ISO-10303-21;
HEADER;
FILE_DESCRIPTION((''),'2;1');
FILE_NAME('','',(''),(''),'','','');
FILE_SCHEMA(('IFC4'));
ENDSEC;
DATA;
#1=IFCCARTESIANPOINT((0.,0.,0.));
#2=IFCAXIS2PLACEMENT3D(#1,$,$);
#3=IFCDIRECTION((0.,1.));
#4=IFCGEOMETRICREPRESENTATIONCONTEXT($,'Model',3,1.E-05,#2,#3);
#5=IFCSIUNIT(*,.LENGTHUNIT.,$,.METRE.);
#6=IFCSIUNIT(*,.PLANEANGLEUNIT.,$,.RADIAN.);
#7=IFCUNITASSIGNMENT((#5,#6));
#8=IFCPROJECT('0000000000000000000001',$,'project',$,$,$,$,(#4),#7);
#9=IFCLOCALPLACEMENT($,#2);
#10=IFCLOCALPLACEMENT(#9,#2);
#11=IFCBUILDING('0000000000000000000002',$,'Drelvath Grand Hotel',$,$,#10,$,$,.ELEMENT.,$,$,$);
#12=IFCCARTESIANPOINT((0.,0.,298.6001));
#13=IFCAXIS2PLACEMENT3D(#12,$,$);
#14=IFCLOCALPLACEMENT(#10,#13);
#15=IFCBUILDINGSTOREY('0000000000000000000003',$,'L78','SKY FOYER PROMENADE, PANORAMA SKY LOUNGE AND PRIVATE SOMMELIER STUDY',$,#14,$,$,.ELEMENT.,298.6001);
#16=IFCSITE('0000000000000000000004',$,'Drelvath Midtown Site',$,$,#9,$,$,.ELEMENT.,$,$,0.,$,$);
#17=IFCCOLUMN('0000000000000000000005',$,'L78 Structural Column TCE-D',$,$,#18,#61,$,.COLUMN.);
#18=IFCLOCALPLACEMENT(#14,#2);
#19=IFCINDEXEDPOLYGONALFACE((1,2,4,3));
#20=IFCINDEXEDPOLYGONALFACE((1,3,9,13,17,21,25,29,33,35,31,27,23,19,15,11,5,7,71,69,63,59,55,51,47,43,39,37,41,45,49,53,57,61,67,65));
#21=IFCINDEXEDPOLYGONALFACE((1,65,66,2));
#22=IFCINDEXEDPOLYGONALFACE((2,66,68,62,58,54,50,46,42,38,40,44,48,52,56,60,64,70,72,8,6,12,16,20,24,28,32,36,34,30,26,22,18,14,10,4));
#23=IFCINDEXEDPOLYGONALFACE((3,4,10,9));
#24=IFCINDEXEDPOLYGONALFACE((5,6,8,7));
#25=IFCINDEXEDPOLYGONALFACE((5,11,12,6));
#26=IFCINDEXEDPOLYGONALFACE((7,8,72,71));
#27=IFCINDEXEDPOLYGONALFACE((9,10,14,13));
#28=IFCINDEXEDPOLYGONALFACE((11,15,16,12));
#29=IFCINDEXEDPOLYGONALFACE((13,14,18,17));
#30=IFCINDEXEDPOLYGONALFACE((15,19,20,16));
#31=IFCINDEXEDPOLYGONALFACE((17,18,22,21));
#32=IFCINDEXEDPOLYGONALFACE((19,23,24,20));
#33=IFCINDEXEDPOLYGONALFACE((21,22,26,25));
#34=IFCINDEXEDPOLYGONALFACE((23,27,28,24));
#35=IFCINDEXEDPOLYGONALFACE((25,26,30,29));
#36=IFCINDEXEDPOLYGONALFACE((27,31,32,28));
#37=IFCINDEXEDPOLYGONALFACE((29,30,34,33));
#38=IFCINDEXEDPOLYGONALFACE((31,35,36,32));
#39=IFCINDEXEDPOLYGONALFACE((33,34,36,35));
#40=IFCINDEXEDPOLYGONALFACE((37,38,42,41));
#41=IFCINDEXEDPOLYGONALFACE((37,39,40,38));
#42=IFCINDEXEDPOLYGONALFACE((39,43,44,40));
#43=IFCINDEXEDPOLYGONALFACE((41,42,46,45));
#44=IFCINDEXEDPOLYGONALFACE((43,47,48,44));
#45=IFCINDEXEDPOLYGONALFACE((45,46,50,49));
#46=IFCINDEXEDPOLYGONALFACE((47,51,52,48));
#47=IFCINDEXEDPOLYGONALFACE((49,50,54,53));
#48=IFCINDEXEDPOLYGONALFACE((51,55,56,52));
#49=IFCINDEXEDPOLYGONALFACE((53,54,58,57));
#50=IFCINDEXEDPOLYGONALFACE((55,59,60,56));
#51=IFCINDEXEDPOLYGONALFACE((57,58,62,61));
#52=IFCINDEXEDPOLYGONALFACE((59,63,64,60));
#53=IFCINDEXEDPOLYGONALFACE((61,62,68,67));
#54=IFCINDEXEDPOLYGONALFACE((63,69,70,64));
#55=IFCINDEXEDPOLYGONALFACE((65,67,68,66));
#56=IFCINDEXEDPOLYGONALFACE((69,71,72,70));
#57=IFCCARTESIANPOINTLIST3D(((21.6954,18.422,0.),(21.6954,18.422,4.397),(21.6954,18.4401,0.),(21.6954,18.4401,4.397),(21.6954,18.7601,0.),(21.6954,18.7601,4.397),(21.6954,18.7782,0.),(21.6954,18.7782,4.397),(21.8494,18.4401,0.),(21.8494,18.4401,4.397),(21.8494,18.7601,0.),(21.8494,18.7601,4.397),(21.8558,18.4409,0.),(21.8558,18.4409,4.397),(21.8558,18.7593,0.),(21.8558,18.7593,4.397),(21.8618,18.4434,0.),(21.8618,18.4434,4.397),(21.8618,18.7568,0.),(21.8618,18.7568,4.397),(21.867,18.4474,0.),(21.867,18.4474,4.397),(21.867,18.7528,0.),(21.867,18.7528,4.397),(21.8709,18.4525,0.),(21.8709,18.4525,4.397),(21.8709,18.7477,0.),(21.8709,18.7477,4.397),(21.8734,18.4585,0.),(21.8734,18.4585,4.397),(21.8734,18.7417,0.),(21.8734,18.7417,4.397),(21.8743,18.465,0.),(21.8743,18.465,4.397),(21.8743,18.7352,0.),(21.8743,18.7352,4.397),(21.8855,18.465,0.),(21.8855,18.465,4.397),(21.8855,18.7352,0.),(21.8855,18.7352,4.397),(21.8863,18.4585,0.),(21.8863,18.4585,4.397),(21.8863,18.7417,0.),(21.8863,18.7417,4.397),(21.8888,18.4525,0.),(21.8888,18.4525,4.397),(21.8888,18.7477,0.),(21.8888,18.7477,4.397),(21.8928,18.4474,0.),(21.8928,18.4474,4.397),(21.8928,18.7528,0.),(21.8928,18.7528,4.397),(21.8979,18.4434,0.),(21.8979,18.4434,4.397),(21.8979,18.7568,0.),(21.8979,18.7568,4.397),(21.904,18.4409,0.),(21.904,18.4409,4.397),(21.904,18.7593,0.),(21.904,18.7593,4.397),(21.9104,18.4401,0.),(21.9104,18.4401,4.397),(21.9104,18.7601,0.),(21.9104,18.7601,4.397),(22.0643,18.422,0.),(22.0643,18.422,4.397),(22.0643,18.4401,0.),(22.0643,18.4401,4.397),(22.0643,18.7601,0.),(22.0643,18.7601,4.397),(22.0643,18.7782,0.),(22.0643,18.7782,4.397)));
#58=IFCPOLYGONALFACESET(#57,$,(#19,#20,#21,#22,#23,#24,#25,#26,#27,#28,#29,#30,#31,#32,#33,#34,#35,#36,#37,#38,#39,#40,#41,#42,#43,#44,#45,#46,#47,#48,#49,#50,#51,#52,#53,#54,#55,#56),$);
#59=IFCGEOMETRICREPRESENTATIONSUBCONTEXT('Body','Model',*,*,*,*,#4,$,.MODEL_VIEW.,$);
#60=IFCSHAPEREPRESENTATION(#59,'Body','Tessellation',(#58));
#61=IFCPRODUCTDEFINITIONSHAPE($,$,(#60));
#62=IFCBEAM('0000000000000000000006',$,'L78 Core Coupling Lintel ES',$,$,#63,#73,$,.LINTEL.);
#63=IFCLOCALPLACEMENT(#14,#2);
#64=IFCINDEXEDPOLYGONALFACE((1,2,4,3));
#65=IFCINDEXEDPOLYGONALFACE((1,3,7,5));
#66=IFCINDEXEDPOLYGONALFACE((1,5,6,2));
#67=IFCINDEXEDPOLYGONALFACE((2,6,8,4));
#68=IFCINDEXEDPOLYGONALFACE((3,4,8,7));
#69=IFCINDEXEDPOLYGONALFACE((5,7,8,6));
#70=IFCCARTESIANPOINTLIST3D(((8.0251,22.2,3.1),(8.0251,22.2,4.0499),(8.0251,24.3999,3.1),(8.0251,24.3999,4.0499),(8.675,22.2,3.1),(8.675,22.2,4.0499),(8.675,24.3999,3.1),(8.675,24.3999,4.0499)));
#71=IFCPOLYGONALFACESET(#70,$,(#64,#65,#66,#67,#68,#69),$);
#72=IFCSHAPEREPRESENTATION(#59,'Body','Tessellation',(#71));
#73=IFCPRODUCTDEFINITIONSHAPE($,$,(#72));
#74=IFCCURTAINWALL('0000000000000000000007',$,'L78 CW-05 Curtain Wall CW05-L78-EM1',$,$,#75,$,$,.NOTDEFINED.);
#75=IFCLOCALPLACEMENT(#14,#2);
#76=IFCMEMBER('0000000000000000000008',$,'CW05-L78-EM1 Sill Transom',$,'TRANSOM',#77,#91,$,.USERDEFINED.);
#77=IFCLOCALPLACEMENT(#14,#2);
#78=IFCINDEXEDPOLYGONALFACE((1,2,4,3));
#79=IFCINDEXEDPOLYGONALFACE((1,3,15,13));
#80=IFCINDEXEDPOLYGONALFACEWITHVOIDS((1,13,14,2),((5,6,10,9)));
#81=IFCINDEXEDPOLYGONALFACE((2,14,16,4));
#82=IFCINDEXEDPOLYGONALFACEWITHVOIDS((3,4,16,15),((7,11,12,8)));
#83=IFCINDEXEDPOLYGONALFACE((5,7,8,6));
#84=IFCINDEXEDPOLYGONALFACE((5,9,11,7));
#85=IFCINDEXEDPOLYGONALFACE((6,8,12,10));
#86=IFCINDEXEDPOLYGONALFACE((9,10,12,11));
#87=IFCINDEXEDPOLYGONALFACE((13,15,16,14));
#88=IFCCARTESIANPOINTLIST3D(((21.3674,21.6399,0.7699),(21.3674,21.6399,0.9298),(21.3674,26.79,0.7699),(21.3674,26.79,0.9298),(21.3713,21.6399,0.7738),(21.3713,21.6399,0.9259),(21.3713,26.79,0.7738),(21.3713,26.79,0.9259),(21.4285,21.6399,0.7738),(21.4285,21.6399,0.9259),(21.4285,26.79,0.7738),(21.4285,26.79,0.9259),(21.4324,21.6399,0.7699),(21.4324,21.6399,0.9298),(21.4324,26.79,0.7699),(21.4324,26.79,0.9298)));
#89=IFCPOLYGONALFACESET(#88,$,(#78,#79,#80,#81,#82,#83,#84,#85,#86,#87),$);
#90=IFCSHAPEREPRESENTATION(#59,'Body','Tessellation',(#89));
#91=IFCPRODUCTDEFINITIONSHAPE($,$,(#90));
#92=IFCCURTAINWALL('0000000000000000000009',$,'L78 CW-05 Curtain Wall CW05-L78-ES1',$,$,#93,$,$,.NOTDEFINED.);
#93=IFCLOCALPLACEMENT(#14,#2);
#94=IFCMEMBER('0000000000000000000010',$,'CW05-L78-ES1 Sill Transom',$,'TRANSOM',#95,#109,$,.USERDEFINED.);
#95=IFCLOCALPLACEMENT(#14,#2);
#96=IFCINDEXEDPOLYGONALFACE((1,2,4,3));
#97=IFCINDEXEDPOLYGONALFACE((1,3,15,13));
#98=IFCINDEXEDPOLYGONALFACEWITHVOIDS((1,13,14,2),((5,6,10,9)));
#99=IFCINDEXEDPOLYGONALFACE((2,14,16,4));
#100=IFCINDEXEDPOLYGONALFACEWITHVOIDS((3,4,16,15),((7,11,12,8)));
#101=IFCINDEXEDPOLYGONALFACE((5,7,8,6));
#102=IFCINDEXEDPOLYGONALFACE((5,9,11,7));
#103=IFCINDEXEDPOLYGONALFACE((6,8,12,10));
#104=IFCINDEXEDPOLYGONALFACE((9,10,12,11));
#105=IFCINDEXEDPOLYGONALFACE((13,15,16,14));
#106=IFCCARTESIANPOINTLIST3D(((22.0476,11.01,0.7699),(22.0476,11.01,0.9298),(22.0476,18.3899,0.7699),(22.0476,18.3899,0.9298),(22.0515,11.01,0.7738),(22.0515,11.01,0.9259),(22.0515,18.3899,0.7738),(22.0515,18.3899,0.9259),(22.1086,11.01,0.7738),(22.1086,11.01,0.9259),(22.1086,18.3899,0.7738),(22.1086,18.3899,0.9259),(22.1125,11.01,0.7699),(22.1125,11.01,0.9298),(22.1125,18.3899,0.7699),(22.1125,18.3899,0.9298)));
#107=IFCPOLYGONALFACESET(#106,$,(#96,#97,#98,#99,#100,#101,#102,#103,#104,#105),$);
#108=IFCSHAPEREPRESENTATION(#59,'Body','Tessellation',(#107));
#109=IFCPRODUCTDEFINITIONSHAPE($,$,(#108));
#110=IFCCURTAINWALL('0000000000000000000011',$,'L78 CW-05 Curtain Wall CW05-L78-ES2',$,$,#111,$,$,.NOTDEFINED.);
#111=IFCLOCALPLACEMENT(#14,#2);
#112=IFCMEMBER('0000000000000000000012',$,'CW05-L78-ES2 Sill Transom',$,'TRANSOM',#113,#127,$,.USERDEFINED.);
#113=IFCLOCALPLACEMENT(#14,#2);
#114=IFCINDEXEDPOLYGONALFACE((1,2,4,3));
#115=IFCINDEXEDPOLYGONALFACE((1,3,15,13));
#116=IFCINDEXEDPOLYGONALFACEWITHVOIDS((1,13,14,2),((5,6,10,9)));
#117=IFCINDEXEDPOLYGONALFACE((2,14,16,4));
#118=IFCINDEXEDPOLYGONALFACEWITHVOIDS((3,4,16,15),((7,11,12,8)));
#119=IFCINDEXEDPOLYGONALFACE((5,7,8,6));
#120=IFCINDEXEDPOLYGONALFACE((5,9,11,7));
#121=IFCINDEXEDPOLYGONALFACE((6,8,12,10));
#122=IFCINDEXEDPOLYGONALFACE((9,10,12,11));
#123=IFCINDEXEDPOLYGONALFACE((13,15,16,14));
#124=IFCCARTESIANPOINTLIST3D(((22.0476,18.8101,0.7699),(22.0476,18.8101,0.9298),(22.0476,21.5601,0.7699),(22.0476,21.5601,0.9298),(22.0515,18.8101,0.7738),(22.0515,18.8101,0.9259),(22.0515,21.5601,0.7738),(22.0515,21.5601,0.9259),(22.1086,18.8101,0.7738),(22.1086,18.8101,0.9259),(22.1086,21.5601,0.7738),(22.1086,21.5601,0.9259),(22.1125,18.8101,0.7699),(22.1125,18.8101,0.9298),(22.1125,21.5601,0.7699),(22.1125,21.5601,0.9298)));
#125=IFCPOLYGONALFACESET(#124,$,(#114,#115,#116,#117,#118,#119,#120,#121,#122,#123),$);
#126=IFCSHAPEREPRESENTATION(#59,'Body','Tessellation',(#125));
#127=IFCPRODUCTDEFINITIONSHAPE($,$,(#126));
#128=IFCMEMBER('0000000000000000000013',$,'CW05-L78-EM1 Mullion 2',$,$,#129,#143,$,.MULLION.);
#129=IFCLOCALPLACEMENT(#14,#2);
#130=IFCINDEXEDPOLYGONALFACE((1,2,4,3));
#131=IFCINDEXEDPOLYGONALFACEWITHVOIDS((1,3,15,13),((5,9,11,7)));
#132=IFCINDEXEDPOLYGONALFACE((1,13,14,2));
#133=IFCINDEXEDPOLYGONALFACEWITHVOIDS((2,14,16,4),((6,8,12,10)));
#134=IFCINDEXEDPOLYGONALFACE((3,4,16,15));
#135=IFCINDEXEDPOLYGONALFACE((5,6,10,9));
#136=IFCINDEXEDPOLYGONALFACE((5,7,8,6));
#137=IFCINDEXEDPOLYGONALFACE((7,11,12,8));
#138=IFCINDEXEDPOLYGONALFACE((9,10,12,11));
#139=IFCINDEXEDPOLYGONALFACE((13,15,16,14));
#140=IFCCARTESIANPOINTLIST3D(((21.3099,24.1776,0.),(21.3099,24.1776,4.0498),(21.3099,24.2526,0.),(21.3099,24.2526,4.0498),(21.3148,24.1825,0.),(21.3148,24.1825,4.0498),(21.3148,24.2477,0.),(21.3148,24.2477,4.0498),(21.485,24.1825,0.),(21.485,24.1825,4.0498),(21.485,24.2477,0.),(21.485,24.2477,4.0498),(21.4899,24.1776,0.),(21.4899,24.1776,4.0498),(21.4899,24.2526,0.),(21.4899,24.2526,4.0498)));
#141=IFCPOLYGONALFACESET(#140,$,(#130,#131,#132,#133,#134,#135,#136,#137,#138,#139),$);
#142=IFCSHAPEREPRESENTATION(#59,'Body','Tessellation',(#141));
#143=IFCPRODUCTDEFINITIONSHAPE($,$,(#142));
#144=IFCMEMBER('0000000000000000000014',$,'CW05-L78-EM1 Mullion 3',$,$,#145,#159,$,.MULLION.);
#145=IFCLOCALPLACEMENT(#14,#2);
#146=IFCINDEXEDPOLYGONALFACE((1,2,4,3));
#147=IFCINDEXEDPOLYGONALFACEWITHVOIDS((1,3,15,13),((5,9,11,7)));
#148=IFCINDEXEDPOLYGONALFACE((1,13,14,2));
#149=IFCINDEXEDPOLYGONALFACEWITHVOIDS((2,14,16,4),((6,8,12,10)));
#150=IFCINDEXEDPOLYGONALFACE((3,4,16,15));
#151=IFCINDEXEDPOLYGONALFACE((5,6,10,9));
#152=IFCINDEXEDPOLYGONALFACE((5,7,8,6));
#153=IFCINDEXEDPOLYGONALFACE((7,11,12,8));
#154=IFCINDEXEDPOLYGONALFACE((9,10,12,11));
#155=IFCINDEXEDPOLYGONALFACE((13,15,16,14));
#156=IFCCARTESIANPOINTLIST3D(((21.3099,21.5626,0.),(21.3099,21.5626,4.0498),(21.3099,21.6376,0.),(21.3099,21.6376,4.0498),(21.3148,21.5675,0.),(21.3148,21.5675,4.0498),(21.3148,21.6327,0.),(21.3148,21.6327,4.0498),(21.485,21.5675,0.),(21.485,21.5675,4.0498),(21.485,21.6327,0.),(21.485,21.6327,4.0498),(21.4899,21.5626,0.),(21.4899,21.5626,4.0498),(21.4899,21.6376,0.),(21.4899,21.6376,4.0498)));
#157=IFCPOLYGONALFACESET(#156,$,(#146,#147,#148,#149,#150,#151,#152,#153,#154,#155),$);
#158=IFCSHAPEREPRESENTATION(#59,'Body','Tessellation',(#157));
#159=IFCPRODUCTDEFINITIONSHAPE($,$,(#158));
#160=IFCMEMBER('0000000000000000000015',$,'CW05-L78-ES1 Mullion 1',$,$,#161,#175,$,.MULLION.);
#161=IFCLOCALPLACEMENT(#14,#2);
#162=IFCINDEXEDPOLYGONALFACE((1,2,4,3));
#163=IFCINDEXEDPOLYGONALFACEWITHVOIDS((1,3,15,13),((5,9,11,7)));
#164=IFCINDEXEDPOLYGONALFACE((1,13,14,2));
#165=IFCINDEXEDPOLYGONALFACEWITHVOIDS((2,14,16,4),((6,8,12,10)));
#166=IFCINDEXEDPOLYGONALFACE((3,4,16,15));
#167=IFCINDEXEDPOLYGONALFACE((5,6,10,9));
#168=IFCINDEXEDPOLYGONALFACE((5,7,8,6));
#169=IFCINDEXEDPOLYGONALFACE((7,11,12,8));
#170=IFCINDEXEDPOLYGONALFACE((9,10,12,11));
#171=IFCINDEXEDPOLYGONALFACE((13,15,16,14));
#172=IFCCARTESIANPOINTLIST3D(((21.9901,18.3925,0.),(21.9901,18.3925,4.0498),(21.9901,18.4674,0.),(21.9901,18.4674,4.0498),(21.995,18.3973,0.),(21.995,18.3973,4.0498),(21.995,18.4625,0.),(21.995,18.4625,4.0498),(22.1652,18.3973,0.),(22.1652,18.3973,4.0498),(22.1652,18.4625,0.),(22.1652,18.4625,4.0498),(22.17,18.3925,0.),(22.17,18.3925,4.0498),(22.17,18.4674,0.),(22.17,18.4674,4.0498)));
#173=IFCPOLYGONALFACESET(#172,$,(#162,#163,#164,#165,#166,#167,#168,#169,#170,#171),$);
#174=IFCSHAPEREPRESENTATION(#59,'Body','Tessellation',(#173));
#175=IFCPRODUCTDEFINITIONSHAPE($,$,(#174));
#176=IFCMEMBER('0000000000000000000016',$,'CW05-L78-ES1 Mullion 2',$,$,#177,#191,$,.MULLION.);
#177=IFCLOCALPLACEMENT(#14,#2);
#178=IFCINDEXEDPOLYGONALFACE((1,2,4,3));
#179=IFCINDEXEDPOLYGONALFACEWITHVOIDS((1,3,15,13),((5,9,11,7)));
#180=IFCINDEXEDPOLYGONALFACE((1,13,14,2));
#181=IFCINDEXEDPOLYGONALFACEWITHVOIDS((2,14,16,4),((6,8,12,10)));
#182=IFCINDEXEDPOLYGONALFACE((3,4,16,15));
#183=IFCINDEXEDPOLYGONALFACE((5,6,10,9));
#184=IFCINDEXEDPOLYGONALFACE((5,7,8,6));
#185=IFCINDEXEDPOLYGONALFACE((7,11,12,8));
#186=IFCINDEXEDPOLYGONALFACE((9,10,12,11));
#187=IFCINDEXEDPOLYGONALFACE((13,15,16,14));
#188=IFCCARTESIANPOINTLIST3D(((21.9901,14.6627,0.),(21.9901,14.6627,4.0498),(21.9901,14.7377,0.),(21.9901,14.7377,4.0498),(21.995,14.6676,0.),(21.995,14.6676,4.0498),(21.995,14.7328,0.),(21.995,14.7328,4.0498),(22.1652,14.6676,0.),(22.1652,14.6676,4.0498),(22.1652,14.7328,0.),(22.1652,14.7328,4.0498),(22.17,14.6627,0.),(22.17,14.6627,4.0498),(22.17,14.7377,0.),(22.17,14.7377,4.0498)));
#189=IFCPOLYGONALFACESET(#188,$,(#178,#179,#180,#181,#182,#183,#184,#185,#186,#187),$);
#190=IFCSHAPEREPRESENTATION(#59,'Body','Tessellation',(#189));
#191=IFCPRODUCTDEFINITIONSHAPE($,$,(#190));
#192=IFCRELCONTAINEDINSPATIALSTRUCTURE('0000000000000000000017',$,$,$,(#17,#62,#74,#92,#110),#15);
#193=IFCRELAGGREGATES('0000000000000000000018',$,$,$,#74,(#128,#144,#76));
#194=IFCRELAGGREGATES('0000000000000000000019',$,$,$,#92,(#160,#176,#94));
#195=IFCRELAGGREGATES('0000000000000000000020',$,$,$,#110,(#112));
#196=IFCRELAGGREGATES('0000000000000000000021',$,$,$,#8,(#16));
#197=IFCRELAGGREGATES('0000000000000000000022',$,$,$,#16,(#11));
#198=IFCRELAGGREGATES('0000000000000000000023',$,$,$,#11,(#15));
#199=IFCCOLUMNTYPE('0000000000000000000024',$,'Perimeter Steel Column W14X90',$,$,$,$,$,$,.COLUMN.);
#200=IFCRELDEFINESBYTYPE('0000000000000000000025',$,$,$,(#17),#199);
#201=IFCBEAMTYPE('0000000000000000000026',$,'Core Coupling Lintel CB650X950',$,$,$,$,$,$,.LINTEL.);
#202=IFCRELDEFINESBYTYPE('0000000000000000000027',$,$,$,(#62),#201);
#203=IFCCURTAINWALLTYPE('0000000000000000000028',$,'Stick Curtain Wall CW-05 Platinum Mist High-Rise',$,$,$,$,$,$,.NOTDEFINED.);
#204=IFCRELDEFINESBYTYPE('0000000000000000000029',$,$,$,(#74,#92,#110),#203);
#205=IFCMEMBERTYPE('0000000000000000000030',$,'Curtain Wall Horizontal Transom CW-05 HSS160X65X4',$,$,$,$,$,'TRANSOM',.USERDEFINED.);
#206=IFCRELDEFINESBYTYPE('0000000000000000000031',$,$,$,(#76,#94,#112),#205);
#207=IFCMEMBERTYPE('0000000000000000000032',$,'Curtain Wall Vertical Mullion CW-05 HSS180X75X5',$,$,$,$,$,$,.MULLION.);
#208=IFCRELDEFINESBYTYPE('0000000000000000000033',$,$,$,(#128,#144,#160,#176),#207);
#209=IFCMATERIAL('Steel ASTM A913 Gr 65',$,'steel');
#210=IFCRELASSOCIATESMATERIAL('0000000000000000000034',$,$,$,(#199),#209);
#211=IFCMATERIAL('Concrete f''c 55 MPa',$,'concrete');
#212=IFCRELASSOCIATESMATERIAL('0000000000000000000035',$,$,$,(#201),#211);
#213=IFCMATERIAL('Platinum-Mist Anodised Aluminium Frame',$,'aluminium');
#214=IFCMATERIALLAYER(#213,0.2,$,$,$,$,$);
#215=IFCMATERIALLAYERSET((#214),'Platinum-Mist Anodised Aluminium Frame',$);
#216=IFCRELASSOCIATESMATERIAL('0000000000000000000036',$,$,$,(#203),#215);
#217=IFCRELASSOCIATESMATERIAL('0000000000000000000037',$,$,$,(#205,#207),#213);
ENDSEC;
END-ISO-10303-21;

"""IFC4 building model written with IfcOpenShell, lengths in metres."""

from ifc_helpers import new_model, si_unit, direction, frame, origin, origin_2d, place, context, subcontext, project, spatial, rectangle, hollow_rectangle, i_section, extrude, material, layer, layer_set, material_profile, profile_set, type_object, element, aggregate, save


model = new_model("IFC4")

# Units and contexts
model_context = context("Model", 3, precision=1e-05, world=origin(), true_north=direction((0.0, 1.0)))
body_context = subcontext(model_context, "Body", "Model", "MODEL_VIEW")
ifc_project = project(units=[si_unit("LENGTHUNIT", "METRE"), si_unit("PLANEANGLEUNIT", "RADIAN")], contexts=[model_context])

# Site, building, storey
site_placement = place(None, origin())
site = spatial("IfcSite", under=ifc_project, at=site_placement, Name="Drelvath Midtown Site", CompositionType="ELEMENT", RefElevation=0.0)
building_placement = place(site_placement, origin())
building = spatial("IfcBuilding", under=site, at=building_placement, Name="Drelvath Grand Hotel", CompositionType="ELEMENT")
storey_placement = place(building_placement, frame((0.0, 0.0, 298.6001)))
storey = spatial("IfcBuildingStorey", under=building, at=storey_placement, Name="L78", Description="SKY FOYER PROMENADE, PANORAMA SKY LOUNGE AND PRIVATE SOMMELIER STUDY", CompositionType="ELEMENT", Elevation=298.6001)

# Column
ifc_material_1 = material(Name="Steel ASTM A913 Gr 65", Category="steel")
ifc_material_profile_1 = material_profile(ifc_material_1, i_section(OverallWidth=0.3689, OverallDepth=0.3562, WebThickness=0.0112, FlangeThickness=0.0181, FilletRadius=0.0249, at=origin_2d()), Name="W14X90")
ifc_profile_set_1 = profile_set([ifc_material_profile_1], Name="Steel ASTM A913 Gr 65")
column_type = type_object("IfcColumnType", Name="Perimeter Steel Column W14X90", PredefinedType="COLUMN", material=ifc_profile_set_1)
column_placement = place(storey_placement, frame((21.8799, 18.6001, 0.0), z_axis=(0.0, 0.0, 1.0), x_axis=(1.0, 0.0, 0.0)))
element("IfcColumn", 1, at=column_placement, inside=storey, type_object=column_type, Name="L78 Structural Column TCE-D", PredefinedType="COLUMN", context=body_context, shape_type="SweptSolid", body=[
    extrude(i_section(OverallWidth=0.3689, OverallDepth=0.3562, WebThickness=0.0112, FlangeThickness=0.0181, FilletRadius=0.0249, at=origin_2d()), origin(), (0.0, 0.0, 1.0), 4.397),
])

# Beam
ifc_material_2 = material(Name="Concrete f'c 55 MPa", Category="concrete")
ifc_material_profile_2 = material_profile(ifc_material_2, rectangle(XDim=0.6499, YDim=0.95, at=origin_2d()), Name="CB650X950")
ifc_profile_set_2 = profile_set([ifc_material_profile_2], Name="Concrete f'c 55 MPa")
beam_type_1 = type_object("IfcBeamType", Name="Core Coupling Lintel CB650X950", PredefinedType="LINTEL", material=ifc_profile_set_2)
beam_1_placement = place(storey_placement, frame((8.3501, 22.2, 3.575), z_axis=(0.0, 1.0, 0.0), x_axis=(-1.0, 0.0, 0.0)))
element("IfcBeam", 2, at=beam_1_placement, inside=storey, type_object=beam_type_1, Name="L78 Core Coupling Lintel ES", PredefinedType="LINTEL", context=body_context, shape_type="SweptSolid", body=[
    extrude(rectangle(XDim=0.6499, YDim=0.95, at=origin_2d()), origin(), (0.0, 0.0, 1.0), 2.2),
])

# Curtain walls, members
ifc_material_3 = material(Name="Platinum-Mist Anodised Aluminium Frame", Category="aluminium")
ifc_layer_1 = layer(ifc_material_3, 0.2)
ifc_layer_set_1 = layer_set([ifc_layer_1], Name="Platinum-Mist Anodised Aluminium Frame")
curtain_wall_type = type_object("IfcCurtainWallType", Name="Stick Curtain Wall CW-05 Platinum Mist High-Rise", PredefinedType="NOTDEFINED", material=ifc_layer_set_1)
curtain_wall_1_placement = place(storey_placement, origin())
curtain_wall_1 = element("IfcCurtainWall", 3, at=curtain_wall_1_placement, inside=storey, type_object=curtain_wall_type, Name="L78 CW-05 Curtain Wall CW05-L78-EM1", PredefinedType="NOTDEFINED")
ifc_material_profile_3 = material_profile(ifc_material_3, hollow_rectangle(XDim=0.0649, YDim=0.1599, WallThickness=0.0039, at=origin_2d()), Name="HSS160X65X4")
ifc_profile_set_3 = profile_set([ifc_material_profile_3], Name="Platinum-Mist Anodised Aluminium Frame")
member_type_1 = type_object("IfcMemberType", Name="Curtain Wall Horizontal Transom CW-05 HSS160X65X4", ElementType="TRANSOM", PredefinedType="USERDEFINED", material=ifc_profile_set_3)
member_1_placement = place(storey_placement, frame((21.3999, 26.79, 0.8499), z_axis=(0.0, -1.0, 0.0), x_axis=(1.0, 0.0, 0.0)))
member_1 = element("IfcMember", 4, at=member_1_placement, type_object=member_type_1, Name="CW05-L78-EM1 Sill Transom", ObjectType="TRANSOM", PredefinedType="USERDEFINED", context=body_context, shape_type="SweptSolid", body=[
    extrude(hollow_rectangle(XDim=0.0649, YDim=0.1599, WallThickness=0.0039, at=origin_2d()), origin(), (0.0, 0.0, 1.0), 5.1501),
])
curtain_wall_2_placement = place(storey_placement, origin())
curtain_wall_2 = element("IfcCurtainWall", 5, at=curtain_wall_2_placement, inside=storey, type_object=curtain_wall_type, Name="L78 CW-05 Curtain Wall CW05-L78-ES1", PredefinedType="NOTDEFINED")
member_2_placement = place(storey_placement, frame((22.0801, 18.3899, 0.8499), z_axis=(0.0, -1.0, 0.0), x_axis=(1.0, 0.0, 0.0)))
member_2 = element("IfcMember", 6, at=member_2_placement, type_object=member_type_1, Name="CW05-L78-ES1 Sill Transom", ObjectType="TRANSOM", PredefinedType="USERDEFINED", context=body_context, shape_type="SweptSolid", body=[
    extrude(hollow_rectangle(XDim=0.0649, YDim=0.1599, WallThickness=0.0039, at=origin_2d()), origin(), (0.0, 0.0, 1.0), 7.3799),
])
curtain_wall_3_placement = place(storey_placement, origin())
curtain_wall_3 = element("IfcCurtainWall", 7, at=curtain_wall_3_placement, inside=storey, type_object=curtain_wall_type, Name="L78 CW-05 Curtain Wall CW05-L78-ES2", PredefinedType="NOTDEFINED")
member_3_placement = place(storey_placement, frame((22.0801, 21.5601, 0.8499), z_axis=(0.0, -1.0, 0.0), x_axis=(1.0, 0.0, 0.0)))
member_3 = element("IfcMember", 8, at=member_3_placement, type_object=member_type_1, Name="CW05-L78-ES2 Sill Transom", ObjectType="TRANSOM", PredefinedType="USERDEFINED", context=body_context, shape_type="SweptSolid", body=[
    extrude(hollow_rectangle(XDim=0.0649, YDim=0.1599, WallThickness=0.0039, at=origin_2d()), origin(), (0.0, 0.0, 1.0), 2.75),
])

# Members
ifc_material_profile_4 = material_profile(ifc_material_3, hollow_rectangle(XDim=0.075, YDim=0.1799, WallThickness=0.0049, at=origin_2d()), Name="HSS180X75X5")
ifc_profile_set_4 = profile_set([ifc_material_profile_4], Name="Platinum-Mist Anodised Aluminium Frame")
member_type_2 = type_object("IfcMemberType", Name="Curtain Wall Vertical Mullion CW-05 HSS180X75X5", PredefinedType="MULLION", material=ifc_profile_set_4)
member_4_placement = place(storey_placement, frame((21.3999, 24.2151, 0.0), z_axis=(0.0, 0.0, 1.0), x_axis=(0.0, 1.0, 0.0)))
member_4 = element("IfcMember", 9, at=member_4_placement, type_object=member_type_2, Name="CW05-L78-EM1 Mullion 2", PredefinedType="MULLION", context=body_context, shape_type="SweptSolid", body=[
    extrude(hollow_rectangle(XDim=0.075, YDim=0.1799, WallThickness=0.0049, at=origin_2d()), origin(), (0.0, 0.0, 1.0), 4.0498),
])
member_5_placement = place(storey_placement, frame((21.3999, 21.6001, 0.0), z_axis=(0.0, 0.0, 1.0), x_axis=(0.0, 1.0, 0.0)))
member_5 = element("IfcMember", 10, at=member_5_placement, type_object=member_type_2, Name="CW05-L78-EM1 Mullion 3", PredefinedType="MULLION", context=body_context, shape_type="SweptSolid", body=[
    extrude(hollow_rectangle(XDim=0.075, YDim=0.1799, WallThickness=0.0049, at=origin_2d()), origin(), (0.0, 0.0, 1.0), 4.0498),
])
member_6_placement = place(storey_placement, frame((22.0801, 18.4299, 0.0), z_axis=(0.0, 0.0, 1.0), x_axis=(0.0, 1.0, 0.0)))
member_6 = element("IfcMember", 11, at=member_6_placement, type_object=member_type_2, Name="CW05-L78-ES1 Mullion 1", PredefinedType="MULLION", context=body_context, shape_type="SweptSolid", body=[
    extrude(hollow_rectangle(XDim=0.075, YDim=0.1799, WallThickness=0.0049, at=origin_2d()), origin(), (0.0, 0.0, 1.0), 4.0498),
])
member_7_placement = place(storey_placement, frame((22.0801, 14.7002, 0.0), z_axis=(0.0, 0.0, 1.0), x_axis=(0.0, 1.0, 0.0)))
member_7 = element("IfcMember", 12, at=member_7_placement, type_object=member_type_2, Name="CW05-L78-ES1 Mullion 2", PredefinedType="MULLION", context=body_context, shape_type="SweptSolid", body=[
    extrude(hollow_rectangle(XDim=0.075, YDim=0.1799, WallThickness=0.0049, at=origin_2d()), origin(), (0.0, 0.0, 1.0), 4.0498),
])

aggregate(curtain_wall_1, [member_4, member_5, member_1])
aggregate(curtain_wall_2, [member_6, member_7, member_2])
aggregate(curtain_wall_3, [member_3])

save(model, "model.ifc")
